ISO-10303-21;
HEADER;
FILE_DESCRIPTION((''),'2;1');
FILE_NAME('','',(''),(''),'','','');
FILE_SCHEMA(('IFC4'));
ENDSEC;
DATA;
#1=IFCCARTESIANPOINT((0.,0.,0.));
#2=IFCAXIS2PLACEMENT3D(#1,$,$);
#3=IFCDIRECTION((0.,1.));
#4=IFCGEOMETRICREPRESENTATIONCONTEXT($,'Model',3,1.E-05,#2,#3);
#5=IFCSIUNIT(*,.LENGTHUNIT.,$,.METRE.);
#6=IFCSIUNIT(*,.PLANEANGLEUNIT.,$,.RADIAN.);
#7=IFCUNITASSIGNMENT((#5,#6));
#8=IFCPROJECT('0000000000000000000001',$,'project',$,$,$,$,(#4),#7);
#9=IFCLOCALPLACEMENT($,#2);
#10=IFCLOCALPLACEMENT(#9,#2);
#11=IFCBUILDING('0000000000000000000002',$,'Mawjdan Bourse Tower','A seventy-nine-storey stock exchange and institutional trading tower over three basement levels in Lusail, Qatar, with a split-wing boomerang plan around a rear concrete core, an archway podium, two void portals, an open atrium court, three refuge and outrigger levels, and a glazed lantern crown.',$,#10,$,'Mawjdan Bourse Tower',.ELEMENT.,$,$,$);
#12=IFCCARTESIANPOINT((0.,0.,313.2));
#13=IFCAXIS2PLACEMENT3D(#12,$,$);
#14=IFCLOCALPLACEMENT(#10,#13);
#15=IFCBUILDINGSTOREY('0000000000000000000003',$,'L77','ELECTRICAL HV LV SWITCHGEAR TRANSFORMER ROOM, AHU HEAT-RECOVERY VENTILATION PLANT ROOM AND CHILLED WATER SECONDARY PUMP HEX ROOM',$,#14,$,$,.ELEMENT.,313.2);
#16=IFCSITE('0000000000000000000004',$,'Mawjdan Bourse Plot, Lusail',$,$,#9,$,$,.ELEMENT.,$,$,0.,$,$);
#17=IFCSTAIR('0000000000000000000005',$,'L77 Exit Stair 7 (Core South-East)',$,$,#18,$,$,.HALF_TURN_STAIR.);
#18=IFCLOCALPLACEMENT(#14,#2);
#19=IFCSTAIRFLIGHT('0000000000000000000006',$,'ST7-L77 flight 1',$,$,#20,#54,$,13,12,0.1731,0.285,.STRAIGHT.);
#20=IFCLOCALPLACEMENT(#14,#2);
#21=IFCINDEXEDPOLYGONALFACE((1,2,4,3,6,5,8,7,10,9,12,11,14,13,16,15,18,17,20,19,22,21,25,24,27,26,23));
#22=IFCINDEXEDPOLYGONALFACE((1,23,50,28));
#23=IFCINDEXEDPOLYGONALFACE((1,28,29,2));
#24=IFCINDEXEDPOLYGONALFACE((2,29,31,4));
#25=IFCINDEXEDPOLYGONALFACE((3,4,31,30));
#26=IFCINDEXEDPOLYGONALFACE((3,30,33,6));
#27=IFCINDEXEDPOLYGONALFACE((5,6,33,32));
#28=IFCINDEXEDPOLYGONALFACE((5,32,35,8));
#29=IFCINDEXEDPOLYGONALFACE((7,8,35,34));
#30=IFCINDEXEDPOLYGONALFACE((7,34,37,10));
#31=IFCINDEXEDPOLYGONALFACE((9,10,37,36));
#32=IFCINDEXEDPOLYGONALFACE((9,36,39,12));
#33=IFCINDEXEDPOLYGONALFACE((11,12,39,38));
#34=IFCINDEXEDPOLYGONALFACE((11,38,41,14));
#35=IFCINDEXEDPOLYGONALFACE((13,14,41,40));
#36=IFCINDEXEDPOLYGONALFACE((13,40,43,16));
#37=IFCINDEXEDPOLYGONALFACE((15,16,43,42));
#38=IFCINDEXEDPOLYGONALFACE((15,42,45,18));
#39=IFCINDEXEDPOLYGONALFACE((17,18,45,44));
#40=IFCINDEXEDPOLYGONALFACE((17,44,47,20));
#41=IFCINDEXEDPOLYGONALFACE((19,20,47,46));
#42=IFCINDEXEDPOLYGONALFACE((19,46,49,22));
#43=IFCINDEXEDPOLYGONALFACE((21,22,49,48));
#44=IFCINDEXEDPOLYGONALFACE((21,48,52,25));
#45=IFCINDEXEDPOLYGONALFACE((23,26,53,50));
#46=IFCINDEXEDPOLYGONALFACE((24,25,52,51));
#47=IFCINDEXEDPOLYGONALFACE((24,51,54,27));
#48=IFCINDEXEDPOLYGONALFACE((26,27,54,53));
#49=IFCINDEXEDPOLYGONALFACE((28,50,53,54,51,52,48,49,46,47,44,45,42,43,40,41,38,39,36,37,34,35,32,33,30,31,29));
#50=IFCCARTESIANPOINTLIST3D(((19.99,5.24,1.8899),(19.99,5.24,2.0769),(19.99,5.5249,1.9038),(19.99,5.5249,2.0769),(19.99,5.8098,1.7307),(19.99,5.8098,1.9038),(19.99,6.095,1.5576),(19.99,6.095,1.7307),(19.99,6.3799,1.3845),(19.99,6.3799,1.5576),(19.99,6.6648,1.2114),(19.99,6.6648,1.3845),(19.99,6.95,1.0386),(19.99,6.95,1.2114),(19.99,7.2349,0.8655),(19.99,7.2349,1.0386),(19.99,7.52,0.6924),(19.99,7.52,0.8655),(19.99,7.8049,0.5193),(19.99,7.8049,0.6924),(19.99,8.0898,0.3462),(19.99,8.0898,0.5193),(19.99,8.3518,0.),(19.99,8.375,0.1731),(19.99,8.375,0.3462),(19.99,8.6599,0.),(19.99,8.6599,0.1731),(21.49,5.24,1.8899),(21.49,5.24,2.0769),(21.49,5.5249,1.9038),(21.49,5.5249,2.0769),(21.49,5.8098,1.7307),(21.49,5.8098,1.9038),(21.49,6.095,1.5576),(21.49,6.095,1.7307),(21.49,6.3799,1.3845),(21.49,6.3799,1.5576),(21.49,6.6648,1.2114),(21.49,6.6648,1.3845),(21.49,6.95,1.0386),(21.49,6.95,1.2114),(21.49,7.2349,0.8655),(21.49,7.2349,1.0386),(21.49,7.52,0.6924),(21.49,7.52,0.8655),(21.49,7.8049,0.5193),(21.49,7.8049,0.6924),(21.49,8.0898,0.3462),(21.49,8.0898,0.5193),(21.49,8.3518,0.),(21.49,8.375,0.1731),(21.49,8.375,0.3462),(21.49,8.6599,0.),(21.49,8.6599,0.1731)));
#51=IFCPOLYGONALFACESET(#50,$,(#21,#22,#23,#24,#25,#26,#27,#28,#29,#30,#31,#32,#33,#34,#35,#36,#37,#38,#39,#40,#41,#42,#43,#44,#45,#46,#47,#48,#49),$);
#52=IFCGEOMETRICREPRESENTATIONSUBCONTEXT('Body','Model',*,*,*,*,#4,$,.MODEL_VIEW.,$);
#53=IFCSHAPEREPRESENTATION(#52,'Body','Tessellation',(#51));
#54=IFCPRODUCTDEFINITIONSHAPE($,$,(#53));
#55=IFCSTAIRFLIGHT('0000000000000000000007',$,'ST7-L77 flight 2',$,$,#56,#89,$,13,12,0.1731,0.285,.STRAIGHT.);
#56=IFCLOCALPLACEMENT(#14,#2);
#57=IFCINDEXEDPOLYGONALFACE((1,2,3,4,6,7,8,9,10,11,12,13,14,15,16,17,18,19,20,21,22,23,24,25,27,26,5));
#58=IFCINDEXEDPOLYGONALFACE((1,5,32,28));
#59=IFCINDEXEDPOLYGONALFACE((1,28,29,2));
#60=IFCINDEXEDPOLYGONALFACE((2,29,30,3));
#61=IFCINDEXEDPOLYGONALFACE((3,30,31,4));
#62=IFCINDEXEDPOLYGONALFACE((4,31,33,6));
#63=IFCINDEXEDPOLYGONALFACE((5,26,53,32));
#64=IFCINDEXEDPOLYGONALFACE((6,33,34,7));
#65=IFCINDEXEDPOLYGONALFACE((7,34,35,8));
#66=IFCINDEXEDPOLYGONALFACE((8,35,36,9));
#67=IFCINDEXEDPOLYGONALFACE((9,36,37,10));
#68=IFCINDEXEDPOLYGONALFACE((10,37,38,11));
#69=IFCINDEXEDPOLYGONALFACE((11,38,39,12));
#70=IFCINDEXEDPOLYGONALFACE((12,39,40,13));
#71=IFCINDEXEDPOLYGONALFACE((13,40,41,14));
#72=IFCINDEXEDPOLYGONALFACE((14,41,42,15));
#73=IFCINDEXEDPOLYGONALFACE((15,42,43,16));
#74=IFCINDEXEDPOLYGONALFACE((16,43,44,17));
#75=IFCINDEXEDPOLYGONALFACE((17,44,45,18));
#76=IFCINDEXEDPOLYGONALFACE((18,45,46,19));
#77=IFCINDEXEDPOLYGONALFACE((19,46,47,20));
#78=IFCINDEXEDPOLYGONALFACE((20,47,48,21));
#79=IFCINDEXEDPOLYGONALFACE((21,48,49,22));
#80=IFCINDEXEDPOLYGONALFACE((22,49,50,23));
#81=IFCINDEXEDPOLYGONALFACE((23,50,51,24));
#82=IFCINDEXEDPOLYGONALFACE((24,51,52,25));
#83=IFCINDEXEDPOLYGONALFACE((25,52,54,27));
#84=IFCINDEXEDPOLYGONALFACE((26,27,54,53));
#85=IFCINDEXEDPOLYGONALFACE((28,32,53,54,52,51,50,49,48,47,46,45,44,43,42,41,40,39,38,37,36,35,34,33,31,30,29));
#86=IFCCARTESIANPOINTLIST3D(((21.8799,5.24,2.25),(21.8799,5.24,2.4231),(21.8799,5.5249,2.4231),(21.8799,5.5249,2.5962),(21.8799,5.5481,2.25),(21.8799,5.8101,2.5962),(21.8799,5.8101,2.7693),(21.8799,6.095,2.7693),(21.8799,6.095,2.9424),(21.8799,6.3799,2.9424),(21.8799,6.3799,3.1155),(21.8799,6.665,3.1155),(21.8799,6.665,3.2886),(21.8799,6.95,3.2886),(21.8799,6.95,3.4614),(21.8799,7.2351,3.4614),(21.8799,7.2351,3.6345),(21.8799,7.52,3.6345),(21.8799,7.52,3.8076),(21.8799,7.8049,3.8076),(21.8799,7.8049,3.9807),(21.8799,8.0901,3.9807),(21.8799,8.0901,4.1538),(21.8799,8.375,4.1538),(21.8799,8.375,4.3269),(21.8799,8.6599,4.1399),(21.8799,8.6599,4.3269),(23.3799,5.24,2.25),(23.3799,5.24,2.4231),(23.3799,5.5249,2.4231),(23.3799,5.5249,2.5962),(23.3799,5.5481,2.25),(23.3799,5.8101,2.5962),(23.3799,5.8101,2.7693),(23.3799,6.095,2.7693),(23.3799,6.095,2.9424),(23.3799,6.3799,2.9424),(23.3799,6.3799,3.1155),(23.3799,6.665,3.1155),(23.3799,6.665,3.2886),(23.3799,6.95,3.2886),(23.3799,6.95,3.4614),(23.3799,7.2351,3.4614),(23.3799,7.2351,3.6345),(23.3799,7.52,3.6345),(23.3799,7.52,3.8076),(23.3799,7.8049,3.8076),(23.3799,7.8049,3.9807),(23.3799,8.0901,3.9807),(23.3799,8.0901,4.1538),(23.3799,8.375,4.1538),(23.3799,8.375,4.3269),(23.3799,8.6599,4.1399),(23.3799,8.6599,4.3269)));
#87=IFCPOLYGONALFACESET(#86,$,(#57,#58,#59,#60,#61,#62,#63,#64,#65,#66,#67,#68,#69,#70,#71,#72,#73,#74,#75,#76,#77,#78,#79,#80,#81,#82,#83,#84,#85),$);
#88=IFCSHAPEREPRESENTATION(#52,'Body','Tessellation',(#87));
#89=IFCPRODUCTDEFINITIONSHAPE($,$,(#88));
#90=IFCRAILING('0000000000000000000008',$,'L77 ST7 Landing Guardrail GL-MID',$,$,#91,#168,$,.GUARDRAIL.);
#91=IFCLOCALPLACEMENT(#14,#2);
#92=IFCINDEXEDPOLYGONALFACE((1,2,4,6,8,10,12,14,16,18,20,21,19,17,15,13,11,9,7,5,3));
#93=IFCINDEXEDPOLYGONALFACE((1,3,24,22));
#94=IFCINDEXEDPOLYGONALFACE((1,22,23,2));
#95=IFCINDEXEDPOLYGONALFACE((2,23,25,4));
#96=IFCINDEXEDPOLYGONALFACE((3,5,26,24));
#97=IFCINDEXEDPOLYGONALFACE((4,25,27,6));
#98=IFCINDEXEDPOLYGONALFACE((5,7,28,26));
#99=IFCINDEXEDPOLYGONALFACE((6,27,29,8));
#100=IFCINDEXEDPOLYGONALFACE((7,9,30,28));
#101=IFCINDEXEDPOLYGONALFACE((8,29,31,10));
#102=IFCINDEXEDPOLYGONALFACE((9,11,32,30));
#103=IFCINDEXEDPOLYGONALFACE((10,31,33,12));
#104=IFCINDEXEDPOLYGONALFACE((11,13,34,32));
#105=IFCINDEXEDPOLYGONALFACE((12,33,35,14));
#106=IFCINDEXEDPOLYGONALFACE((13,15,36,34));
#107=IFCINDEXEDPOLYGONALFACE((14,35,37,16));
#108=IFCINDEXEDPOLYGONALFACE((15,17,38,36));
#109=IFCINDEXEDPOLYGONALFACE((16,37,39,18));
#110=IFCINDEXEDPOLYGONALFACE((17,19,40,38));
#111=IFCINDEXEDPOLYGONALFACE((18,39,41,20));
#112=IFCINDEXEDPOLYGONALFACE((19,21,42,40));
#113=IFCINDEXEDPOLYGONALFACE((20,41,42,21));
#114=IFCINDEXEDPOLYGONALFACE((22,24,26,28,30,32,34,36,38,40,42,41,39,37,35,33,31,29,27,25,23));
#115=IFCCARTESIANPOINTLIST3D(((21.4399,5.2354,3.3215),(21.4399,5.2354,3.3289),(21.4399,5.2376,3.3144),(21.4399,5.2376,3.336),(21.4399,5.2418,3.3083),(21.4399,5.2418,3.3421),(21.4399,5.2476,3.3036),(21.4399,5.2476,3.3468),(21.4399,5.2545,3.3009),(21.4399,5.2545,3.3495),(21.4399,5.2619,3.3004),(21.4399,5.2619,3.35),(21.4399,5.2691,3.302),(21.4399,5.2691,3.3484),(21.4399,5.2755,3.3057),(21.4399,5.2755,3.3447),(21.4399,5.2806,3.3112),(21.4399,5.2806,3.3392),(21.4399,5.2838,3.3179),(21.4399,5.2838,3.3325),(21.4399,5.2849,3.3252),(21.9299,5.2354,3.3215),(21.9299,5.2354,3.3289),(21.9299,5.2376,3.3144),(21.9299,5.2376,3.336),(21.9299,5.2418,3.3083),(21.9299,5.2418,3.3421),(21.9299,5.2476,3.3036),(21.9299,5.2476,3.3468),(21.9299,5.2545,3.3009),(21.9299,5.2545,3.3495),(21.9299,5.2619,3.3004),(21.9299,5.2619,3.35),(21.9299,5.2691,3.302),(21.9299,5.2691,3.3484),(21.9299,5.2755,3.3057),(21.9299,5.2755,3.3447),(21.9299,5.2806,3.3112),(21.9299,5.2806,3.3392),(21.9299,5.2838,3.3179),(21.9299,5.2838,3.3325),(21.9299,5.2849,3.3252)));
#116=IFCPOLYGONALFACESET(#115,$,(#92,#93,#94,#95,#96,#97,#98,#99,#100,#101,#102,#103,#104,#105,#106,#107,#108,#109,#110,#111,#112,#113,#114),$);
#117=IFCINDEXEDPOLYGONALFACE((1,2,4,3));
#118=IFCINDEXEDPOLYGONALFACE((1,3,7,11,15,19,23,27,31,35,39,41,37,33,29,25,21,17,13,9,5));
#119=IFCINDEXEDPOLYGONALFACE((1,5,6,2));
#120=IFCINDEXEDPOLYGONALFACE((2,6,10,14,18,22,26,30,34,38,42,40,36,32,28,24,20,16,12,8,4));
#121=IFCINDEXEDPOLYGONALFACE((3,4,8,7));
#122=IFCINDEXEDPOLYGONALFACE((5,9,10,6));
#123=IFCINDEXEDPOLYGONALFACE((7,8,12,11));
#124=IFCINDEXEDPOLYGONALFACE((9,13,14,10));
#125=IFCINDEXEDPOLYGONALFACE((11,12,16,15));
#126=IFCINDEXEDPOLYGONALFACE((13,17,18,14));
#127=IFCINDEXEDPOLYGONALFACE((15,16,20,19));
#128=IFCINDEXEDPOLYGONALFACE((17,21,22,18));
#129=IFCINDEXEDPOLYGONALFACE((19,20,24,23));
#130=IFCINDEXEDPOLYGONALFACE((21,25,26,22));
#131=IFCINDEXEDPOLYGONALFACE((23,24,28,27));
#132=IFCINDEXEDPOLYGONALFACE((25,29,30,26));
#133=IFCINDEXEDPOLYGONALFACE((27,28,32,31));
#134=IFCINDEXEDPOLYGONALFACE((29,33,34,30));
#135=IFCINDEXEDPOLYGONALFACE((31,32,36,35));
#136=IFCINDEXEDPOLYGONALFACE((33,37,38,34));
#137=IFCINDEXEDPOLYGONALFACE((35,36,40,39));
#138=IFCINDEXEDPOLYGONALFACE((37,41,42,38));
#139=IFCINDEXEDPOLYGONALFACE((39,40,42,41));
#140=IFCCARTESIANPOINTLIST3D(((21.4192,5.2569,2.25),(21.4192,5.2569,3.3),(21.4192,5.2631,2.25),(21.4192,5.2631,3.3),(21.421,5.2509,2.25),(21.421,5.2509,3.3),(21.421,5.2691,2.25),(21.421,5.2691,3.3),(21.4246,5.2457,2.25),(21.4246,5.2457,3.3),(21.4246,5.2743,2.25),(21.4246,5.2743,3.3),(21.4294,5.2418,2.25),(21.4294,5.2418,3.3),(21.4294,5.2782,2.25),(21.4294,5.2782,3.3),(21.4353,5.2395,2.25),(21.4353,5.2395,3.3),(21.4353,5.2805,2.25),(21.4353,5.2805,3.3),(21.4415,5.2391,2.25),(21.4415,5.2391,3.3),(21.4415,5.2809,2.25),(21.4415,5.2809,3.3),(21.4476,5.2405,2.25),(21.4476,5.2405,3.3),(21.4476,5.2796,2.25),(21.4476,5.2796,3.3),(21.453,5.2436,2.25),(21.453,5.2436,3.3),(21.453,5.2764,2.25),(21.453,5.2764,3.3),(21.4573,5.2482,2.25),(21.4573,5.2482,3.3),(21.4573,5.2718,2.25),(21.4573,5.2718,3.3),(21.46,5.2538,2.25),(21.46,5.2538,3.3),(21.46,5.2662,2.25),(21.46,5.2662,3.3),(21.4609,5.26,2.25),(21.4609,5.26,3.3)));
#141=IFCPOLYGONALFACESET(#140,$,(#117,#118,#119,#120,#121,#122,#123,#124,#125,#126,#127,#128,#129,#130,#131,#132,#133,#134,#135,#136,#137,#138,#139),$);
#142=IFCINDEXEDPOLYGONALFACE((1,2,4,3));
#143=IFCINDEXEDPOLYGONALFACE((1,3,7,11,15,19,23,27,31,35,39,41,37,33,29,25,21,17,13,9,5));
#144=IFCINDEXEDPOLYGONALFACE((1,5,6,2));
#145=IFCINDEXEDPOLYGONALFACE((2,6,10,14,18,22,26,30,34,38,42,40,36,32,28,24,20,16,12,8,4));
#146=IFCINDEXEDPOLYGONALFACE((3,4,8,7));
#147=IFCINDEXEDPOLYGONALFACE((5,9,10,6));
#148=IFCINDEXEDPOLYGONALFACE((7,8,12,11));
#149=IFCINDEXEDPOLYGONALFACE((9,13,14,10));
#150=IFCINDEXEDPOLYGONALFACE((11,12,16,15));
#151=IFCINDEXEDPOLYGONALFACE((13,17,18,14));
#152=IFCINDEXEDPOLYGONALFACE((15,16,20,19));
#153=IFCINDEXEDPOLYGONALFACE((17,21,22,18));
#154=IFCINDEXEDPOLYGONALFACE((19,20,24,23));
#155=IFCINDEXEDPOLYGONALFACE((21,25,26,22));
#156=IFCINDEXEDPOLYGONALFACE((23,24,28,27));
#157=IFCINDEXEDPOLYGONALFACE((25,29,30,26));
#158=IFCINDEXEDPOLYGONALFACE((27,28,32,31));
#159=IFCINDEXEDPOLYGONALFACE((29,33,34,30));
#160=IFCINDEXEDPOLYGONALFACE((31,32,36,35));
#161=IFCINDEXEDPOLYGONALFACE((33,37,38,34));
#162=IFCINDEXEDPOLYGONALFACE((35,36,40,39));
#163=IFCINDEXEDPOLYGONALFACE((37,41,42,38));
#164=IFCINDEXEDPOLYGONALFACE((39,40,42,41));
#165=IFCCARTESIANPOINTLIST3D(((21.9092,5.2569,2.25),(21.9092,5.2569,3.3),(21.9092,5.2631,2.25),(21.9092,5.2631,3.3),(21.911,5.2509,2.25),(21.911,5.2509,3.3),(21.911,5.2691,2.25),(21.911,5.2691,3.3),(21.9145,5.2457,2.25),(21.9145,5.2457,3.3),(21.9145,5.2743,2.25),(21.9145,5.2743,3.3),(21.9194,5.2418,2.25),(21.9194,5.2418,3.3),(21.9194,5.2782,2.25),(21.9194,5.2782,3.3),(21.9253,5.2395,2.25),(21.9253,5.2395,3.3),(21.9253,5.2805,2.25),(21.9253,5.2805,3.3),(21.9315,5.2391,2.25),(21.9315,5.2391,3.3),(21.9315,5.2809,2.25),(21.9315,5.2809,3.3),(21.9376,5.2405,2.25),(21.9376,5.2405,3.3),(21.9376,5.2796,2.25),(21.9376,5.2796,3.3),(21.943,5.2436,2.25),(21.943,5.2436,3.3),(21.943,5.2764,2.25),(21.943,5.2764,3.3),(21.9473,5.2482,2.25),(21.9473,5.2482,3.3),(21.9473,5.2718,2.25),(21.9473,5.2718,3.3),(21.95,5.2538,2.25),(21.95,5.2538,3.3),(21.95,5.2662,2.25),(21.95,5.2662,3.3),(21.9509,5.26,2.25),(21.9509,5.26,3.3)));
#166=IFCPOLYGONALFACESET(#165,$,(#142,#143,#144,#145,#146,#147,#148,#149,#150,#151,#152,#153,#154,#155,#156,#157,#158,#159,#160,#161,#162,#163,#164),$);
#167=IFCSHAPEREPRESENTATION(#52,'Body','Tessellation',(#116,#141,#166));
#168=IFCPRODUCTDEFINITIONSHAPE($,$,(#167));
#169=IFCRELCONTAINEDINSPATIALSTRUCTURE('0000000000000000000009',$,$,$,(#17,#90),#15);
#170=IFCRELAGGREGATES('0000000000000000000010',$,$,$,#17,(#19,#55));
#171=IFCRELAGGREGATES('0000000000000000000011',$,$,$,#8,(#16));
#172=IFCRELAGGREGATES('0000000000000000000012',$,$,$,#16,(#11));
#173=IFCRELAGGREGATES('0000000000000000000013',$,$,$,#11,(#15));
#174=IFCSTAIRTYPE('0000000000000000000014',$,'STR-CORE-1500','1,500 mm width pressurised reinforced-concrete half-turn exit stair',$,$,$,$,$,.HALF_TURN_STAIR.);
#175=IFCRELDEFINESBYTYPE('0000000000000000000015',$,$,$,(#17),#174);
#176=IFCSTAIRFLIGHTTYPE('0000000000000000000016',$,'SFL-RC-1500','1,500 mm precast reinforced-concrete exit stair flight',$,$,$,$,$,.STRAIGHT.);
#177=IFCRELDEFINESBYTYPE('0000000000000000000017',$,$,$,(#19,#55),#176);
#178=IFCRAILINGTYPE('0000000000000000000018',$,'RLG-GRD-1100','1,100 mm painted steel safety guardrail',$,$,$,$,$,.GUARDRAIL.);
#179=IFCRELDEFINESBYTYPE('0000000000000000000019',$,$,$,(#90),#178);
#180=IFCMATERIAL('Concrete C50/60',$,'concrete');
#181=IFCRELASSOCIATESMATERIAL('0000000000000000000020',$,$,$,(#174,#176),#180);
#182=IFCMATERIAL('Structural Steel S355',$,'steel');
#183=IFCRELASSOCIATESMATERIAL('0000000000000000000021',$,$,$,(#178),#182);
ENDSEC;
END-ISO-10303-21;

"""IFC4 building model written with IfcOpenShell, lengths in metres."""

from ifc_helpers import new_model, si_unit, direction, frame, origin, origin_2d, place, context, subcontext, project, spatial, polyline, circle, outline, extrude, material, type_object, element, aggregate, save


model = new_model("IFC4")

# Units and contexts
model_context = context("Model", 3, precision=1e-05, world=origin(), true_north=direction((0.0, 1.0)))
body_context = subcontext(model_context, "Body", "Model", "MODEL_VIEW")
ifc_project = project(units=[si_unit("LENGTHUNIT", "METRE"), si_unit("PLANEANGLEUNIT", "RADIAN")], contexts=[model_context])

# Site, building, storey
site_placement = place(None, origin())
site = spatial("IfcSite", under=ifc_project, at=site_placement, Name="Mawjdan Bourse Plot, Lusail", CompositionType="ELEMENT", RefElevation=0.0)
building_placement = place(site_placement, origin())
building = spatial("IfcBuilding", under=site, at=building_placement, Name="Mawjdan Bourse Tower", Description="A seventy-nine-storey stock exchange and institutional trading tower over three basement levels in Lusail, Qatar, with a split-wing boomerang plan around a rear concrete core, an archway podium, two void portals, an open atrium court, three refuge and outrigger levels, and a glazed lantern crown.", LongName="Mawjdan Bourse Tower", CompositionType="ELEMENT")
storey_placement = place(building_placement, frame((0.0, 0.0, 313.2)))
storey = spatial("IfcBuildingStorey", under=building, at=storey_placement, Name="L77", Description="ELECTRICAL HV LV SWITCHGEAR TRANSFORMER ROOM, AHU HEAT-RECOVERY VENTILATION PLANT ROOM AND CHILLED WATER SECONDARY PUMP HEX ROOM", CompositionType="ELEMENT", Elevation=313.2)

# Shared definitions
ifc_material_1 = material(Name="Structural Steel S355", Category="steel")

# Shared definitions
ifc_material_2 = material(Name="Concrete C50/60", Category="concrete")

# Stair, stair flights
stair_type = type_object("IfcStairType", Name="STR-CORE-1500", Description="1,500 mm width pressurised reinforced-concrete half-turn exit stair", PredefinedType="HALF_TURN_STAIR", material=ifc_material_2)
stair_placement = place(storey_placement, origin())
stair = element("IfcStair", 1, at=stair_placement, inside=storey, type_object=stair_type, Name="L77 Exit Stair 7 (Core South-East)", PredefinedType="HALF_TURN_STAIR")
stair_flight_type = type_object("IfcStairFlightType", Name="SFL-RC-1500", Description="1,500 mm precast reinforced-concrete exit stair flight", PredefinedType="STRAIGHT", material=ifc_material_2)
stair_flight_1_placement = place(storey_placement, frame((20.74, 8.6599, 0.0), z_axis=(0.0, 0.0, 1.0), x_axis=(0.0, -1.0, 0.0)))
stair_flight_1 = element("IfcStairFlight", 2, at=stair_flight_1_placement, type_object=stair_flight_type, Name="ST7-L77 flight 1", NumberOfRisers=13, NumberOfTreads=12, PredefinedType="STRAIGHT", RiserHeight=0.1731, TreadLength=0.285, context=body_context, shape_type="SweptSolid", body=[
    extrude(outline(polyline([(0.0, 0.0), (0.0, 0.1731), (0.2849, 0.1731), (0.2849, 0.3462), (0.5701, 0.3462), (0.5701, 0.5193), (0.855, 0.5193), (0.855, 0.6924), (1.1399, 0.6924), (1.1399, 0.8655), (1.425, 0.8655), (1.425, 1.0386), (1.71, 1.0386), (1.71, 1.2114), (1.9951, 1.2114), (1.9951, 1.3845), (2.28, 1.3845), (2.28, 1.5576), (2.5649, 1.5576), (2.5649, 1.7307), (2.8501, 1.7307), (2.8501, 1.9038), (3.135, 1.9038), (3.135, 2.0769), (3.4199, 2.0769), (3.4199, 2.25), (3.4199, 1.8899), (0.3081, 0.0), (0.0, 0.0)])), frame((0.0, 0.75, 0.0), z_axis=(0.0, -1.0, 0.0), x_axis=(1.0, 0.0, 0.0)), (0.0, 0.0, 1.0), 1.5),
])
stair_flight_2_placement = place(storey_placement, frame((22.6299, 5.24, 2.25), z_axis=(0.0, 0.0, 1.0), x_axis=(0.0, 1.0, 0.0)))
stair_flight_2 = element("IfcStairFlight", 3, at=stair_flight_2_placement, type_object=stair_flight_type, Name="ST7-L77 flight 2", NumberOfRisers=13, NumberOfTreads=12, PredefinedType="STRAIGHT", RiserHeight=0.1731, TreadLength=0.285, context=body_context, shape_type="SweptSolid", body=[
    extrude(outline(polyline([(0.0, 0.0), (0.0, 0.1731), (0.2849, 0.1731), (0.2849, 0.3462), (0.5701, 0.3462), (0.5701, 0.5193), (0.855, 0.5193), (0.855, 0.6924), (1.1399, 0.6924), (1.1399, 0.8655), (1.425, 0.8655), (1.425, 1.0386), (1.71, 1.0386), (1.71, 1.2114), (1.9951, 1.2114), (1.9951, 1.3845), (2.28, 1.3845), (2.28, 1.5576), (2.5649, 1.5576), (2.5649, 1.7307), (2.8501, 1.7307), (2.8501, 1.9038), (3.135, 1.9038), (3.135, 2.0769), (3.4199, 2.0769), (3.4199, 2.25), (3.4199, 1.8899), (0.3081, 0.0), (0.0, 0.0)])), frame((0.0, 0.75, 0.0), z_axis=(0.0, -1.0, 0.0), x_axis=(1.0, 0.0, 0.0)), (0.0, 0.0, 1.0), 1.5),
])
aggregate(stair, [stair_flight_1, stair_flight_2])

# Railing
railing_type_1 = type_object("IfcRailingType", Name="RLG-GRD-1100", Description="1,100 mm painted steel safety guardrail", PredefinedType="GUARDRAIL", material=ifc_material_1)
for number, where, name in (
    (4, (21.4399, 5.26, 2.25), "L77 ST7 Landing Guardrail GL-MID"),
):
    element("IfcRailing", number, at=place(storey_placement, frame(where)), inside=storey, type_object=railing_type_1, Name=name, PredefinedType="GUARDRAIL", context=body_context, shape_type="SweptSolid", body=[
        extrude(circle(Radius=0.0249, at=origin_2d()), frame((0.0, 0.0, 1.0752), z_axis=(1.0, 0.0, 0.0), x_axis=(0.0, 1.0, 0.0)), (0.0, 0.0, 1.0), 0.49),
        extrude(circle(Radius=0.021, at=origin_2d()), origin(), (0.0, 0.0, 1.0), 1.05),
        extrude(circle(Radius=0.021, at=origin_2d()), frame((0.49, 0.0, 0.0)), (0.0, 0.0, 1.0), 1.05),
    ])

save(model, "model.ifc")
